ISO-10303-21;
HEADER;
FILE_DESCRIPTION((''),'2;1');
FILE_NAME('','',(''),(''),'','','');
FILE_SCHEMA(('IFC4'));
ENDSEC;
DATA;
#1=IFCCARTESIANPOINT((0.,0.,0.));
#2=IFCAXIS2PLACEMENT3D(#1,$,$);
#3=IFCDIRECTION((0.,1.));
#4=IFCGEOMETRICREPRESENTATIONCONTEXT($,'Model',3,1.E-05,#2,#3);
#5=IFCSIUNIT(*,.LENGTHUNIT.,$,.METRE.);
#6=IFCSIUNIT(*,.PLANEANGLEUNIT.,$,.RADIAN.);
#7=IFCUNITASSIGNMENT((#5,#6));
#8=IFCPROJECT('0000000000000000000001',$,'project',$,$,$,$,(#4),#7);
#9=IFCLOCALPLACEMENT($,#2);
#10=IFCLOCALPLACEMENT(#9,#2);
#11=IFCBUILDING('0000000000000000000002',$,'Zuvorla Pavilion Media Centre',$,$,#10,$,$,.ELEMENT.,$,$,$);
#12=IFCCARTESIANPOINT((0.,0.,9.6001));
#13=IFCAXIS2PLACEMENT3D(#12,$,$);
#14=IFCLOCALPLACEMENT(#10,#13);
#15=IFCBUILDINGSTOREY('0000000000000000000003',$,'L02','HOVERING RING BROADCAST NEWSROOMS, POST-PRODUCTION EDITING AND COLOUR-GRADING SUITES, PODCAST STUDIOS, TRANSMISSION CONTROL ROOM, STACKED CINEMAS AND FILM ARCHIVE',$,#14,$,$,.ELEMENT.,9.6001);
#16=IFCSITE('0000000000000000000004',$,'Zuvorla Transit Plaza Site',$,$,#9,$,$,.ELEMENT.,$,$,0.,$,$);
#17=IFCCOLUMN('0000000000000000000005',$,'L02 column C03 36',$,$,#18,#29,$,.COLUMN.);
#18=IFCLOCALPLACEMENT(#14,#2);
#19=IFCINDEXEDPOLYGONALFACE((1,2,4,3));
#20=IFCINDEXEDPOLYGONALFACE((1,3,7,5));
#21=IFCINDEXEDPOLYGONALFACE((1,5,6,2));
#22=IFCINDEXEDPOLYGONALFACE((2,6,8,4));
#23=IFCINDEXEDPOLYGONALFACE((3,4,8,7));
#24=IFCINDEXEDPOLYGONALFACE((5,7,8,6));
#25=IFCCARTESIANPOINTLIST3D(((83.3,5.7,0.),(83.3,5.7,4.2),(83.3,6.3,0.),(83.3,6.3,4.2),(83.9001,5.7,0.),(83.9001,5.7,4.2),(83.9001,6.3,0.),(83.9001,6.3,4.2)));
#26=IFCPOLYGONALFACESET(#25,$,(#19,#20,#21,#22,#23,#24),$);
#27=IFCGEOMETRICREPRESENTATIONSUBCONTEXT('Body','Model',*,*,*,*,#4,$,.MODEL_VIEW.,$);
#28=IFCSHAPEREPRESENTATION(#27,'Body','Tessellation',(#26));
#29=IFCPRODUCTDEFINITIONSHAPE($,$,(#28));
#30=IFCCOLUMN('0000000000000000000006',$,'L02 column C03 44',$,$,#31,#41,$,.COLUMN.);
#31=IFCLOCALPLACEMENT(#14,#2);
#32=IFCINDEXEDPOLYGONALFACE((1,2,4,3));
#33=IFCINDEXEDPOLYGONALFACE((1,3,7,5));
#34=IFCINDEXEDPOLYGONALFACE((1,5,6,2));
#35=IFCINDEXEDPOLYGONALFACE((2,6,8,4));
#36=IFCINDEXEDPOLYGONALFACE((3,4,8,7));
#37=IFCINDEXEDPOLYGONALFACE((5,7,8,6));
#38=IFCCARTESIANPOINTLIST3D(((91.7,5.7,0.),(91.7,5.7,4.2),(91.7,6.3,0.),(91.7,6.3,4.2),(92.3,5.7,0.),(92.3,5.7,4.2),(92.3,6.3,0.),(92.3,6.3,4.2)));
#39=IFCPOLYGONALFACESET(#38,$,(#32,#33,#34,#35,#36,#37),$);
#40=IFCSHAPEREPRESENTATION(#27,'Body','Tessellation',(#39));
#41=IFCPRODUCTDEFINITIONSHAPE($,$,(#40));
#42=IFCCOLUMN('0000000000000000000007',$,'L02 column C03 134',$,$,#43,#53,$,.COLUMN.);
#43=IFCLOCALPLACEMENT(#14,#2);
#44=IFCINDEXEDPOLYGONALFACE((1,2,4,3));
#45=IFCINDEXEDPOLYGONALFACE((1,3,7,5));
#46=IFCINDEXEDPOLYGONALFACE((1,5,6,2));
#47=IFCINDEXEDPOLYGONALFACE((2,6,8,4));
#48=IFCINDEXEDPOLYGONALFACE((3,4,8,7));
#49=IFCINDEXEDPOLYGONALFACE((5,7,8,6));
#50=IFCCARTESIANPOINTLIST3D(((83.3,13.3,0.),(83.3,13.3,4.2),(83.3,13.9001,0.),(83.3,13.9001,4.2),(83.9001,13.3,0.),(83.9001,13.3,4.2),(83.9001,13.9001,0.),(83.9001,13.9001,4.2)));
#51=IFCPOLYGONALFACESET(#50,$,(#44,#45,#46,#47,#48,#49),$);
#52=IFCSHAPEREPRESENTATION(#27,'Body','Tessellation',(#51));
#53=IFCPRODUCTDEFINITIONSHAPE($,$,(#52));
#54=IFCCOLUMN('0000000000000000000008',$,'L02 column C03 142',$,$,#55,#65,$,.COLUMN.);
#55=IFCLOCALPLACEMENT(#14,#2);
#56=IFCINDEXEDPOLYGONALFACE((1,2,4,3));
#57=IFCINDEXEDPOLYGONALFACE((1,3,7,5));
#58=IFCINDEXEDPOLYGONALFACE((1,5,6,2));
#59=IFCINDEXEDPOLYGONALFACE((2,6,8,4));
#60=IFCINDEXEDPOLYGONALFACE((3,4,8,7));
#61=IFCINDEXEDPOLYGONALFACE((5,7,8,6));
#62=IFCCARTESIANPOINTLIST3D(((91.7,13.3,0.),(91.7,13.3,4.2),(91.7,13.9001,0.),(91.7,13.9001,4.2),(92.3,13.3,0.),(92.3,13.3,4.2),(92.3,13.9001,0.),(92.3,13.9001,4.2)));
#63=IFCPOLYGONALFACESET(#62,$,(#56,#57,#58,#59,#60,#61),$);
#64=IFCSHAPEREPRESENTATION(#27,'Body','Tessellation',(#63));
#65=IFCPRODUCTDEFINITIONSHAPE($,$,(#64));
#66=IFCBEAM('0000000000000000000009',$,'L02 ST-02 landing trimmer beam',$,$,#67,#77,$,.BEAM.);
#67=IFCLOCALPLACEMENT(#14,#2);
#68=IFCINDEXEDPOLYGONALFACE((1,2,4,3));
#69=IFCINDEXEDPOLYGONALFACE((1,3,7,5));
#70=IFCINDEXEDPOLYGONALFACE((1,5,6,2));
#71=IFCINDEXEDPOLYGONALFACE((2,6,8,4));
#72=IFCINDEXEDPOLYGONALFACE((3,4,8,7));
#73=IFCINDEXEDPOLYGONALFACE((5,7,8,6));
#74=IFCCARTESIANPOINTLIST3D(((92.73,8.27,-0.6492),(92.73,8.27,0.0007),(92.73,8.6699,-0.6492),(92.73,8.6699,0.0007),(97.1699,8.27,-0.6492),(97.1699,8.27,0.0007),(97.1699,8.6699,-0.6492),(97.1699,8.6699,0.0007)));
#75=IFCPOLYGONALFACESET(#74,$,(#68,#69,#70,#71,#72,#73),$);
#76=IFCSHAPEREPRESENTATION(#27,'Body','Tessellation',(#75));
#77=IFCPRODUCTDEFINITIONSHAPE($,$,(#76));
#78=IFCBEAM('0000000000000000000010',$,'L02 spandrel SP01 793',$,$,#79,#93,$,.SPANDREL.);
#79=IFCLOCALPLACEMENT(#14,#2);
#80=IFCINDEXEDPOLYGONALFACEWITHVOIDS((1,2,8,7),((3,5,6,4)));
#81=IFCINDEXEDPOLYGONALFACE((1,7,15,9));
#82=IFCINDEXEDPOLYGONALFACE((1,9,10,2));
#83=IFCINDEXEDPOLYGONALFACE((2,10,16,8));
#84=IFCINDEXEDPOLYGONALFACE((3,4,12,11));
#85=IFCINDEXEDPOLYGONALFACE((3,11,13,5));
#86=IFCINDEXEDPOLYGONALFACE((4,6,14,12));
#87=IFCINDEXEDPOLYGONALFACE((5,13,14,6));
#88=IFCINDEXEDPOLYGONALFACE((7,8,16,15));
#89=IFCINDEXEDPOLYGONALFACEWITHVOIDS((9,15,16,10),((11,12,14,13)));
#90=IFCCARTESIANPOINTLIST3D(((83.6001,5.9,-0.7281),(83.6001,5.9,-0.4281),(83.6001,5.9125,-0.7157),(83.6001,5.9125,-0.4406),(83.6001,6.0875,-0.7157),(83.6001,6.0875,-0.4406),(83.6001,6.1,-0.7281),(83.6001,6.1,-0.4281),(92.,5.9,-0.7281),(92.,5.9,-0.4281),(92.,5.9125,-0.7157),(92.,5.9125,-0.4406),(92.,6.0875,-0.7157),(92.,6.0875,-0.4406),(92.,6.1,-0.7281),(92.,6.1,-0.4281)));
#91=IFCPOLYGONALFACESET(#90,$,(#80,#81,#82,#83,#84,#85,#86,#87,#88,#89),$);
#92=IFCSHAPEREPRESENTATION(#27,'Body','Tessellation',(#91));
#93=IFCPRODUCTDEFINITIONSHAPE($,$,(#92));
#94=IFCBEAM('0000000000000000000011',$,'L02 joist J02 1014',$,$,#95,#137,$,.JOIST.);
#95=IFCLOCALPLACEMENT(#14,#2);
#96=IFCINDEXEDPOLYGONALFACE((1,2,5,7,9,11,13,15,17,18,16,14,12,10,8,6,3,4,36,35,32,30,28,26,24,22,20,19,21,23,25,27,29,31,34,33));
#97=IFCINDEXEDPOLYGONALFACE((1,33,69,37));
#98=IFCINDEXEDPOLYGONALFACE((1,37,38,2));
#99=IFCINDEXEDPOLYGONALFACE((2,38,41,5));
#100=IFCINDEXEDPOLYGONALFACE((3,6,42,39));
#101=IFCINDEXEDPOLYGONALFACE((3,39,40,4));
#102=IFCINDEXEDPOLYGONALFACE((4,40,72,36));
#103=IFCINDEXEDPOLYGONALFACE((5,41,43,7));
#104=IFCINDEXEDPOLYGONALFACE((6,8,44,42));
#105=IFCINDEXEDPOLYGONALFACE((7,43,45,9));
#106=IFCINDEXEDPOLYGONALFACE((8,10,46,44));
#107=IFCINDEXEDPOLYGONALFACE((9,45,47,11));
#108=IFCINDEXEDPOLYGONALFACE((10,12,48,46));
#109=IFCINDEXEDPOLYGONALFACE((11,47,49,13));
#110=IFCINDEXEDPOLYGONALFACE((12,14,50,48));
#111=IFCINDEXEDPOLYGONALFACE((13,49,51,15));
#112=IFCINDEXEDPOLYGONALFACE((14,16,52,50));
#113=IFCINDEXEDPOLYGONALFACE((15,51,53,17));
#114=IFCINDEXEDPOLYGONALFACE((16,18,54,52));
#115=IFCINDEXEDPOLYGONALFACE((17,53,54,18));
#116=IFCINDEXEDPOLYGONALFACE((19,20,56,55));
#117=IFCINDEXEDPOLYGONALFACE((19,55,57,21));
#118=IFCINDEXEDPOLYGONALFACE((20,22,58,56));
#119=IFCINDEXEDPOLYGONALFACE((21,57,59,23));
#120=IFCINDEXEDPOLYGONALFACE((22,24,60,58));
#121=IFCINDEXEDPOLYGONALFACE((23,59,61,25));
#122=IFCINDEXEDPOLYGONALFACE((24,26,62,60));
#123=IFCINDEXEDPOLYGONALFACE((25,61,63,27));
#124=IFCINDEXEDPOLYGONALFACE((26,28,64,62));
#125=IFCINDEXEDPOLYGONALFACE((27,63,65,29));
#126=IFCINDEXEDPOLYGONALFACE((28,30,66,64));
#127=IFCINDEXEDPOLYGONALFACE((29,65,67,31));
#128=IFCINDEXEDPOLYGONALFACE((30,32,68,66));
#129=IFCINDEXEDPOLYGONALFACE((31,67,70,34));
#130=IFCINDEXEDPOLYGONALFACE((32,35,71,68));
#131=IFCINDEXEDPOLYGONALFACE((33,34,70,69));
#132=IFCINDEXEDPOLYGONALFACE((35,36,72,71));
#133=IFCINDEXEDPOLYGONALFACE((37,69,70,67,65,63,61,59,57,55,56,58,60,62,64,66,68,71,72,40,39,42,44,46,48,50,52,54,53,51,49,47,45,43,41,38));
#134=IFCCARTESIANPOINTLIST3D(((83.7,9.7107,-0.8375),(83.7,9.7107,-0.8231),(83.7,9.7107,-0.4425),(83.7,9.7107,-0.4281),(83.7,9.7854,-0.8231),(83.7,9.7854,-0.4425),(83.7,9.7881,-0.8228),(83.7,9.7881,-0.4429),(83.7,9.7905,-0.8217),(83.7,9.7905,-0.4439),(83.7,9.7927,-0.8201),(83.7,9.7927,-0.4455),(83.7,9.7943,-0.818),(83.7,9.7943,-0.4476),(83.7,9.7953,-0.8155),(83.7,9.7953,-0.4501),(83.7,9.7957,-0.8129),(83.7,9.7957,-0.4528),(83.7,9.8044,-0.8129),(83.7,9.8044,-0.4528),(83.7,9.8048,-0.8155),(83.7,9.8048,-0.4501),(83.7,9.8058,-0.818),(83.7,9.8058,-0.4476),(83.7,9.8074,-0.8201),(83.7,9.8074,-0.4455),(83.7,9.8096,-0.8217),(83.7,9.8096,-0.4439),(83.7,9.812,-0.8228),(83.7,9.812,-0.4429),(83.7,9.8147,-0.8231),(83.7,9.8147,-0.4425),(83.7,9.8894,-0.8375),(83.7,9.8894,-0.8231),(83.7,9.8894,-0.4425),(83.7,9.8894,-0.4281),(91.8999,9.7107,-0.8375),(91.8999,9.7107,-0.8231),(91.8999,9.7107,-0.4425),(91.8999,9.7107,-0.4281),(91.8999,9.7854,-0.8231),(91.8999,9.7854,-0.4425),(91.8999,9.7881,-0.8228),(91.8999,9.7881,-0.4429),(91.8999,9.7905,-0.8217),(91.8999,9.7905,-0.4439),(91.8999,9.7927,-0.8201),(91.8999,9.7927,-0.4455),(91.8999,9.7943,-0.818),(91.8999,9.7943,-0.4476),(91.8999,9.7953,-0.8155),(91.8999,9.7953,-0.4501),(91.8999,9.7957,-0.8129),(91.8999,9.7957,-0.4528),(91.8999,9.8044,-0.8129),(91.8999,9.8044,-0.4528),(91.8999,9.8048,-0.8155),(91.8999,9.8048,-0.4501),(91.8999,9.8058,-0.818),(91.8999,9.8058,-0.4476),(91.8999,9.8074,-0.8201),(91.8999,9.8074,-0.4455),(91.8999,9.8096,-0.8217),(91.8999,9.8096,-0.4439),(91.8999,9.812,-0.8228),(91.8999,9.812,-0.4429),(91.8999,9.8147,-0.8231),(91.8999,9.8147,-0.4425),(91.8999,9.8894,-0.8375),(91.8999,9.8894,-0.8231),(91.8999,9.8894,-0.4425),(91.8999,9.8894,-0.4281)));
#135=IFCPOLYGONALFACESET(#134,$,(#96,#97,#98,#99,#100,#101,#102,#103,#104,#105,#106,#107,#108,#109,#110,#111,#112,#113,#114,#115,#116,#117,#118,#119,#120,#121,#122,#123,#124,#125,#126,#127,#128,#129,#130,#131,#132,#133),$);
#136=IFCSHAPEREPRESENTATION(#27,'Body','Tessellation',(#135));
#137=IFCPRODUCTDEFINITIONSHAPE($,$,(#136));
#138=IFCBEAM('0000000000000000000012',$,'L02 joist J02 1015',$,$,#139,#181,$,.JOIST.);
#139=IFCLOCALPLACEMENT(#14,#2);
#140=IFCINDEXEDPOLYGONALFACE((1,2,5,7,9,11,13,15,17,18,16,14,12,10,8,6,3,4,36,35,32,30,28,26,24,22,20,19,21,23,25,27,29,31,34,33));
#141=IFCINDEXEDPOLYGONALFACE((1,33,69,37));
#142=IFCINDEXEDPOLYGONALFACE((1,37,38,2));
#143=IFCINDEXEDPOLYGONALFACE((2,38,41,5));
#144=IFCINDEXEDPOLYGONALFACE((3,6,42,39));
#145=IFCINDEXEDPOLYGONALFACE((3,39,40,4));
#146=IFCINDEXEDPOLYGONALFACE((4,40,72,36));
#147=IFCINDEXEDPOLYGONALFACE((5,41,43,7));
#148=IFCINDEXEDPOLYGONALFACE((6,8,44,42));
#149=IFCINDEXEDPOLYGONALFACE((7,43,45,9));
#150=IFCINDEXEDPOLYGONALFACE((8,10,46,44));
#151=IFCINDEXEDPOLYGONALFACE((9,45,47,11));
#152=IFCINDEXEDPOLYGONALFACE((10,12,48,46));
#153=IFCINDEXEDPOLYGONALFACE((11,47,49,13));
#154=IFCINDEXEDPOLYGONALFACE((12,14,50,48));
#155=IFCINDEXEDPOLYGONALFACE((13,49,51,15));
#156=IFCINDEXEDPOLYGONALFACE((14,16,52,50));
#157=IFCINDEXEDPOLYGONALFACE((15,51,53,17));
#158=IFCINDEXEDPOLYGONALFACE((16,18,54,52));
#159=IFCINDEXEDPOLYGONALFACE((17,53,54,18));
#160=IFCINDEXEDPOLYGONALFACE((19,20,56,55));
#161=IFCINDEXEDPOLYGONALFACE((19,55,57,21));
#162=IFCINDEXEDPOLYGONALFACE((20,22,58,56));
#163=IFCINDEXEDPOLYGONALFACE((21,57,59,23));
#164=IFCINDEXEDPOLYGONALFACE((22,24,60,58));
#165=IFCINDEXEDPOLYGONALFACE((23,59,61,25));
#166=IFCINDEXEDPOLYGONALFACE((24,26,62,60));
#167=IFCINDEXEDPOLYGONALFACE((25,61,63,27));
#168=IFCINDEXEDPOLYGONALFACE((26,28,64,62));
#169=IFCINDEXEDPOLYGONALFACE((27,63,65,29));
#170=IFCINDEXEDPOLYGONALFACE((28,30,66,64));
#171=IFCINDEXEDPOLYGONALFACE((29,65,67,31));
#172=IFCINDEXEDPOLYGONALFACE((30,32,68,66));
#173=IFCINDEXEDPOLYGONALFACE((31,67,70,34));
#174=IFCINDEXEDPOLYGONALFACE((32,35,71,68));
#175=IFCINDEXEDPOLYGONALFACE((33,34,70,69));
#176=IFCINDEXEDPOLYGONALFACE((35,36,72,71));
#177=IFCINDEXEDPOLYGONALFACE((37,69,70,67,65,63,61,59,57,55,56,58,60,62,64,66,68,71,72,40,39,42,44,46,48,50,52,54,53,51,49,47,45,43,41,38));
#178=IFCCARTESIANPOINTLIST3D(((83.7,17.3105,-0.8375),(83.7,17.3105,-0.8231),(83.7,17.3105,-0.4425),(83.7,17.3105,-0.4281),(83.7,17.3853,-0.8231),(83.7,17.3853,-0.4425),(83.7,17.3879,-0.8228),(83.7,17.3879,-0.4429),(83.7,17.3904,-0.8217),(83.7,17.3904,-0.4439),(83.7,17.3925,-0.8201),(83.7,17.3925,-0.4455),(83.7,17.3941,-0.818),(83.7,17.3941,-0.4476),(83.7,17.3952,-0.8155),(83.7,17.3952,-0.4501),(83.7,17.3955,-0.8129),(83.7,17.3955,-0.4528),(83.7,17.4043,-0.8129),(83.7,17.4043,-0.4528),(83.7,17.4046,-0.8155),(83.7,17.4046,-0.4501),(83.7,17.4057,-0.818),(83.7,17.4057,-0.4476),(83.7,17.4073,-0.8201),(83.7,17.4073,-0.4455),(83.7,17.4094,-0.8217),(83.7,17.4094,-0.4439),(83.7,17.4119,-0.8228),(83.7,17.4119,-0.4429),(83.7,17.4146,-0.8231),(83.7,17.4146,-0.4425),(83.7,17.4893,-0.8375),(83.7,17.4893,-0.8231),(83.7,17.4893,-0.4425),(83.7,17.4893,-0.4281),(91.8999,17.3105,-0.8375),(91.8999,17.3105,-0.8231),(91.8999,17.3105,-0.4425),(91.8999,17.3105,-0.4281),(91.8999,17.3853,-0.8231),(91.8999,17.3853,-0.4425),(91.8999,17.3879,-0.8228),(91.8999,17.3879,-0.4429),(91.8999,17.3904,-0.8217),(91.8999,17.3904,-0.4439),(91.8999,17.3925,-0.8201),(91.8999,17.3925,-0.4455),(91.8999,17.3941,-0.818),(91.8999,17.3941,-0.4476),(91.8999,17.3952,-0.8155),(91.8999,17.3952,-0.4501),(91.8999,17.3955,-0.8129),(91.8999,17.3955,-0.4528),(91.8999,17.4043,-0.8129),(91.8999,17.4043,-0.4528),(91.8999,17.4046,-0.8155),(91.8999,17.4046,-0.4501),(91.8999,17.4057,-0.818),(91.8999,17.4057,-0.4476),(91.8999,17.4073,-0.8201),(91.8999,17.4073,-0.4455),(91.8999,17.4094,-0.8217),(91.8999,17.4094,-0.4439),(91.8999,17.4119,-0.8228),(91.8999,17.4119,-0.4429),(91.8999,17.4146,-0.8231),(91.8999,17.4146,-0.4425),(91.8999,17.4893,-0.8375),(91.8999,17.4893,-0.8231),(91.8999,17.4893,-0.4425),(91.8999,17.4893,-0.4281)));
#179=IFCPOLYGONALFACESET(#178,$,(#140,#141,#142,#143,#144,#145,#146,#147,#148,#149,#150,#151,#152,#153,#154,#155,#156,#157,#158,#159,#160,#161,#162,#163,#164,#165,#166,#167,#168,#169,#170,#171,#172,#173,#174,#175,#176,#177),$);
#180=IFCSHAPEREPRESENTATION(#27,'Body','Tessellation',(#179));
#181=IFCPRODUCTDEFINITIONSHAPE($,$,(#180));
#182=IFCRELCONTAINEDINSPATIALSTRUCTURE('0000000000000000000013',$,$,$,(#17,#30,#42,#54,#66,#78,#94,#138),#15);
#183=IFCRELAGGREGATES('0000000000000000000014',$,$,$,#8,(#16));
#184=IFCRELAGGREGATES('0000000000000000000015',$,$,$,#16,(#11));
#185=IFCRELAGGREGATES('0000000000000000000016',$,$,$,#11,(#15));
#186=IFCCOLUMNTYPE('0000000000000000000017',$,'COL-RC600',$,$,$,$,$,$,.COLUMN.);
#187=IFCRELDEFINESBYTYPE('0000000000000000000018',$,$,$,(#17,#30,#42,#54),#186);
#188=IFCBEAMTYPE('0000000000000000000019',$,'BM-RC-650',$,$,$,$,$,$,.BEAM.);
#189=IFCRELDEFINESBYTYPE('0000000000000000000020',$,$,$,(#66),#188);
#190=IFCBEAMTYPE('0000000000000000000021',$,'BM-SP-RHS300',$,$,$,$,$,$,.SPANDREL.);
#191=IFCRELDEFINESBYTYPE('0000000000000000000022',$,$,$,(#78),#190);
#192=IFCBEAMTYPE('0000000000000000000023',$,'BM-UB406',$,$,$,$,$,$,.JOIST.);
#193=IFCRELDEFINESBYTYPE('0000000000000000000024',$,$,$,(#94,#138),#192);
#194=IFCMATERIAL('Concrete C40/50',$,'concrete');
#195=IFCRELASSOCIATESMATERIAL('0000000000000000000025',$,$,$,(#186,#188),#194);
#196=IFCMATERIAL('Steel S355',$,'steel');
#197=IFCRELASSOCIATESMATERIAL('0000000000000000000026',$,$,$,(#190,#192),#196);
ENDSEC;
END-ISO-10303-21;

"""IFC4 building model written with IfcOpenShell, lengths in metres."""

from ifc_helpers import new_model, si_unit, direction, frame, origin, origin_2d, place, context, subcontext, project, spatial, rectangle, hollow_rectangle, i_section, extrude, material, material_profile, profile_set, type_object, element, save


model = new_model("IFC4")

# Units and contexts
model_context = context("Model", 3, precision=1e-05, world=origin(), true_north=direction((0.0, 1.0)))
body_context = subcontext(model_context, "Body", "Model", "MODEL_VIEW")
ifc_project = project(units=[si_unit("LENGTHUNIT", "METRE"), si_unit("PLANEANGLEUNIT", "RADIAN")], contexts=[model_context])

# Site, building, storey
site_placement = place(None, origin())
site = spatial("IfcSite", under=ifc_project, at=site_placement, Name="Zuvorla Transit Plaza Site", CompositionType="ELEMENT", RefElevation=0.0)
building_placement = place(site_placement, origin())
building = spatial("IfcBuilding", under=site, at=building_placement, Name="Zuvorla Pavilion Media Centre", CompositionType="ELEMENT")
storey_placement = place(building_placement, frame((0.0, 0.0, 9.6001)))
storey = spatial("IfcBuildingStorey", under=building, at=storey_placement, Name="L02", Description="HOVERING RING BROADCAST NEWSROOMS, POST-PRODUCTION EDITING AND COLOUR-GRADING SUITES, PODCAST STUDIOS, TRANSMISSION CONTROL ROOM, STACKED CINEMAS AND FILM ARCHIVE", CompositionType="ELEMENT", Elevation=9.6001)

# Columns
ifc_material_1 = material(Name="Concrete C40/50", Category="concrete")
ifc_material_profile_1 = material_profile(ifc_material_1, rectangle(XDim=0.6001, YDim=0.6001, at=origin_2d()), Name="RC 600x600")
ifc_profile_set_1 = profile_set([ifc_material_profile_1], Name="Concrete C40/50")
column_type = type_object("IfcColumnType", Name="COL-RC600", PredefinedType="COLUMN", material=ifc_profile_set_1)
for number, where, z_axis, x_axis, name in (
    (1, (83.6001, 6.0, 0.0), (0.0, 0.0, 1.0), (1.0, 0.0, 0.0), "L02 column C03 36"),
    (2, (92.0, 6.0, 0.0), (0.0, 0.0, 1.0), (1.0, 0.0, 0.0), "L02 column C03 44"),
    (3, (83.6001, 13.6001, 0.0), (0.0, 0.0, 1.0), (1.0, 0.0, 0.0), "L02 column C03 134"),
    (4, (92.0, 13.6001, 0.0), (0.0, 0.0, 1.0), (1.0, 0.0, 0.0), "L02 column C03 142"),
):
    element("IfcColumn", number, at=place(storey_placement, frame(where, z_axis=z_axis, x_axis=x_axis)), inside=storey, type_object=column_type, Name=name, PredefinedType="COLUMN", context=body_context, shape_type="SweptSolid", body=[
        extrude(rectangle(XDim=0.6001, YDim=0.6001, at=origin_2d()), origin(), (0.0, 0.0, 1.0), 4.2),
    ])

# Beams
ifc_material_profile_2 = material_profile(ifc_material_1, rectangle(XDim=0.3999, YDim=0.6499, at=origin_2d()), Name="RC 400x650")
ifc_profile_set_2 = profile_set([ifc_material_profile_2], Name="Concrete C40/50")
beam_type_1 = type_object("IfcBeamType", Name="BM-RC-650", PredefinedType="BEAM", material=ifc_profile_set_2)
beam_1_placement = place(storey_placement, frame((92.73, 8.47, -0.3242), z_axis=(1.0, 0.0, 0.0), x_axis=(0.0, 1.0, 0.0)))
element("IfcBeam", 5, at=beam_1_placement, inside=storey, type_object=beam_type_1, Name="L02 ST-02 landing trimmer beam", PredefinedType="BEAM", context=body_context, shape_type="SweptSolid", body=[
    extrude(rectangle(XDim=0.3999, YDim=0.6499, at=origin_2d()), origin(), (0.0, 0.0, 1.0), 4.4399),
])
ifc_material_2 = material(Name="Steel S355", Category="steel")
ifc_material_profile_3 = material_profile(ifc_material_2, hollow_rectangle(XDim=0.2, YDim=0.3, WallThickness=0.0125, at=origin_2d()), Name="RHS 300x200x12.5")
ifc_profile_set_3 = profile_set([ifc_material_profile_3], Name="Steel S355")
beam_type_2 = type_object("IfcBeamType", Name="BM-SP-RHS300", PredefinedType="SPANDREL", material=ifc_profile_set_3)
beam_2_placement = place(storey_placement, frame((83.6001, 6.0, -0.5781), z_axis=(1.0, 0.0, 0.0), x_axis=(0.0, 1.0, 0.0)))
element("IfcBeam", 6, at=beam_2_placement, inside=storey, type_object=beam_type_2, Name="L02 spandrel SP01 793", PredefinedType="SPANDREL", context=body_context, shape_type="SweptSolid", body=[
    extrude(hollow_rectangle(XDim=0.2, YDim=0.3, WallThickness=0.0125, at=origin_2d()), origin(), (0.0, 0.0, 1.0), 8.3999),
])
ifc_material_profile_4 = material_profile(ifc_material_2, i_section(OverallWidth=0.1787, OverallDepth=0.4094, WebThickness=0.0088, FlangeThickness=0.0144, FilletRadius=0.0103, at=origin_2d()), Name="UB 406x178x67")
ifc_profile_set_4 = profile_set([ifc_material_profile_4], Name="Steel S355")
beam_type_3 = type_object("IfcBeamType", Name="BM-UB406", PredefinedType="JOIST", material=ifc_profile_set_4)
for number, where, z_axis, x_axis, name in (
    (7, (83.7, 9.8, -0.6328), (1.0, 0.0, 0.0), (0.0, 1.0, 0.0), "L02 joist J02 1014"),
    (8, (83.7, 17.3999, -0.6328), (1.0, 0.0, 0.0), (0.0, 1.0, 0.0), "L02 joist J02 1015"),
):
    element("IfcBeam", number, at=place(storey_placement, frame(where, z_axis=z_axis, x_axis=x_axis)), inside=storey, type_object=beam_type_3, Name=name, PredefinedType="JOIST", context=body_context, shape_type="SweptSolid", body=[
        extrude(i_section(OverallWidth=0.1787, OverallDepth=0.4094, WebThickness=0.0088, FlangeThickness=0.0144, FilletRadius=0.0103, at=origin_2d()), origin(), (0.0, 0.0, 1.0), 8.2),
    ])

save(model, "model.ifc")
